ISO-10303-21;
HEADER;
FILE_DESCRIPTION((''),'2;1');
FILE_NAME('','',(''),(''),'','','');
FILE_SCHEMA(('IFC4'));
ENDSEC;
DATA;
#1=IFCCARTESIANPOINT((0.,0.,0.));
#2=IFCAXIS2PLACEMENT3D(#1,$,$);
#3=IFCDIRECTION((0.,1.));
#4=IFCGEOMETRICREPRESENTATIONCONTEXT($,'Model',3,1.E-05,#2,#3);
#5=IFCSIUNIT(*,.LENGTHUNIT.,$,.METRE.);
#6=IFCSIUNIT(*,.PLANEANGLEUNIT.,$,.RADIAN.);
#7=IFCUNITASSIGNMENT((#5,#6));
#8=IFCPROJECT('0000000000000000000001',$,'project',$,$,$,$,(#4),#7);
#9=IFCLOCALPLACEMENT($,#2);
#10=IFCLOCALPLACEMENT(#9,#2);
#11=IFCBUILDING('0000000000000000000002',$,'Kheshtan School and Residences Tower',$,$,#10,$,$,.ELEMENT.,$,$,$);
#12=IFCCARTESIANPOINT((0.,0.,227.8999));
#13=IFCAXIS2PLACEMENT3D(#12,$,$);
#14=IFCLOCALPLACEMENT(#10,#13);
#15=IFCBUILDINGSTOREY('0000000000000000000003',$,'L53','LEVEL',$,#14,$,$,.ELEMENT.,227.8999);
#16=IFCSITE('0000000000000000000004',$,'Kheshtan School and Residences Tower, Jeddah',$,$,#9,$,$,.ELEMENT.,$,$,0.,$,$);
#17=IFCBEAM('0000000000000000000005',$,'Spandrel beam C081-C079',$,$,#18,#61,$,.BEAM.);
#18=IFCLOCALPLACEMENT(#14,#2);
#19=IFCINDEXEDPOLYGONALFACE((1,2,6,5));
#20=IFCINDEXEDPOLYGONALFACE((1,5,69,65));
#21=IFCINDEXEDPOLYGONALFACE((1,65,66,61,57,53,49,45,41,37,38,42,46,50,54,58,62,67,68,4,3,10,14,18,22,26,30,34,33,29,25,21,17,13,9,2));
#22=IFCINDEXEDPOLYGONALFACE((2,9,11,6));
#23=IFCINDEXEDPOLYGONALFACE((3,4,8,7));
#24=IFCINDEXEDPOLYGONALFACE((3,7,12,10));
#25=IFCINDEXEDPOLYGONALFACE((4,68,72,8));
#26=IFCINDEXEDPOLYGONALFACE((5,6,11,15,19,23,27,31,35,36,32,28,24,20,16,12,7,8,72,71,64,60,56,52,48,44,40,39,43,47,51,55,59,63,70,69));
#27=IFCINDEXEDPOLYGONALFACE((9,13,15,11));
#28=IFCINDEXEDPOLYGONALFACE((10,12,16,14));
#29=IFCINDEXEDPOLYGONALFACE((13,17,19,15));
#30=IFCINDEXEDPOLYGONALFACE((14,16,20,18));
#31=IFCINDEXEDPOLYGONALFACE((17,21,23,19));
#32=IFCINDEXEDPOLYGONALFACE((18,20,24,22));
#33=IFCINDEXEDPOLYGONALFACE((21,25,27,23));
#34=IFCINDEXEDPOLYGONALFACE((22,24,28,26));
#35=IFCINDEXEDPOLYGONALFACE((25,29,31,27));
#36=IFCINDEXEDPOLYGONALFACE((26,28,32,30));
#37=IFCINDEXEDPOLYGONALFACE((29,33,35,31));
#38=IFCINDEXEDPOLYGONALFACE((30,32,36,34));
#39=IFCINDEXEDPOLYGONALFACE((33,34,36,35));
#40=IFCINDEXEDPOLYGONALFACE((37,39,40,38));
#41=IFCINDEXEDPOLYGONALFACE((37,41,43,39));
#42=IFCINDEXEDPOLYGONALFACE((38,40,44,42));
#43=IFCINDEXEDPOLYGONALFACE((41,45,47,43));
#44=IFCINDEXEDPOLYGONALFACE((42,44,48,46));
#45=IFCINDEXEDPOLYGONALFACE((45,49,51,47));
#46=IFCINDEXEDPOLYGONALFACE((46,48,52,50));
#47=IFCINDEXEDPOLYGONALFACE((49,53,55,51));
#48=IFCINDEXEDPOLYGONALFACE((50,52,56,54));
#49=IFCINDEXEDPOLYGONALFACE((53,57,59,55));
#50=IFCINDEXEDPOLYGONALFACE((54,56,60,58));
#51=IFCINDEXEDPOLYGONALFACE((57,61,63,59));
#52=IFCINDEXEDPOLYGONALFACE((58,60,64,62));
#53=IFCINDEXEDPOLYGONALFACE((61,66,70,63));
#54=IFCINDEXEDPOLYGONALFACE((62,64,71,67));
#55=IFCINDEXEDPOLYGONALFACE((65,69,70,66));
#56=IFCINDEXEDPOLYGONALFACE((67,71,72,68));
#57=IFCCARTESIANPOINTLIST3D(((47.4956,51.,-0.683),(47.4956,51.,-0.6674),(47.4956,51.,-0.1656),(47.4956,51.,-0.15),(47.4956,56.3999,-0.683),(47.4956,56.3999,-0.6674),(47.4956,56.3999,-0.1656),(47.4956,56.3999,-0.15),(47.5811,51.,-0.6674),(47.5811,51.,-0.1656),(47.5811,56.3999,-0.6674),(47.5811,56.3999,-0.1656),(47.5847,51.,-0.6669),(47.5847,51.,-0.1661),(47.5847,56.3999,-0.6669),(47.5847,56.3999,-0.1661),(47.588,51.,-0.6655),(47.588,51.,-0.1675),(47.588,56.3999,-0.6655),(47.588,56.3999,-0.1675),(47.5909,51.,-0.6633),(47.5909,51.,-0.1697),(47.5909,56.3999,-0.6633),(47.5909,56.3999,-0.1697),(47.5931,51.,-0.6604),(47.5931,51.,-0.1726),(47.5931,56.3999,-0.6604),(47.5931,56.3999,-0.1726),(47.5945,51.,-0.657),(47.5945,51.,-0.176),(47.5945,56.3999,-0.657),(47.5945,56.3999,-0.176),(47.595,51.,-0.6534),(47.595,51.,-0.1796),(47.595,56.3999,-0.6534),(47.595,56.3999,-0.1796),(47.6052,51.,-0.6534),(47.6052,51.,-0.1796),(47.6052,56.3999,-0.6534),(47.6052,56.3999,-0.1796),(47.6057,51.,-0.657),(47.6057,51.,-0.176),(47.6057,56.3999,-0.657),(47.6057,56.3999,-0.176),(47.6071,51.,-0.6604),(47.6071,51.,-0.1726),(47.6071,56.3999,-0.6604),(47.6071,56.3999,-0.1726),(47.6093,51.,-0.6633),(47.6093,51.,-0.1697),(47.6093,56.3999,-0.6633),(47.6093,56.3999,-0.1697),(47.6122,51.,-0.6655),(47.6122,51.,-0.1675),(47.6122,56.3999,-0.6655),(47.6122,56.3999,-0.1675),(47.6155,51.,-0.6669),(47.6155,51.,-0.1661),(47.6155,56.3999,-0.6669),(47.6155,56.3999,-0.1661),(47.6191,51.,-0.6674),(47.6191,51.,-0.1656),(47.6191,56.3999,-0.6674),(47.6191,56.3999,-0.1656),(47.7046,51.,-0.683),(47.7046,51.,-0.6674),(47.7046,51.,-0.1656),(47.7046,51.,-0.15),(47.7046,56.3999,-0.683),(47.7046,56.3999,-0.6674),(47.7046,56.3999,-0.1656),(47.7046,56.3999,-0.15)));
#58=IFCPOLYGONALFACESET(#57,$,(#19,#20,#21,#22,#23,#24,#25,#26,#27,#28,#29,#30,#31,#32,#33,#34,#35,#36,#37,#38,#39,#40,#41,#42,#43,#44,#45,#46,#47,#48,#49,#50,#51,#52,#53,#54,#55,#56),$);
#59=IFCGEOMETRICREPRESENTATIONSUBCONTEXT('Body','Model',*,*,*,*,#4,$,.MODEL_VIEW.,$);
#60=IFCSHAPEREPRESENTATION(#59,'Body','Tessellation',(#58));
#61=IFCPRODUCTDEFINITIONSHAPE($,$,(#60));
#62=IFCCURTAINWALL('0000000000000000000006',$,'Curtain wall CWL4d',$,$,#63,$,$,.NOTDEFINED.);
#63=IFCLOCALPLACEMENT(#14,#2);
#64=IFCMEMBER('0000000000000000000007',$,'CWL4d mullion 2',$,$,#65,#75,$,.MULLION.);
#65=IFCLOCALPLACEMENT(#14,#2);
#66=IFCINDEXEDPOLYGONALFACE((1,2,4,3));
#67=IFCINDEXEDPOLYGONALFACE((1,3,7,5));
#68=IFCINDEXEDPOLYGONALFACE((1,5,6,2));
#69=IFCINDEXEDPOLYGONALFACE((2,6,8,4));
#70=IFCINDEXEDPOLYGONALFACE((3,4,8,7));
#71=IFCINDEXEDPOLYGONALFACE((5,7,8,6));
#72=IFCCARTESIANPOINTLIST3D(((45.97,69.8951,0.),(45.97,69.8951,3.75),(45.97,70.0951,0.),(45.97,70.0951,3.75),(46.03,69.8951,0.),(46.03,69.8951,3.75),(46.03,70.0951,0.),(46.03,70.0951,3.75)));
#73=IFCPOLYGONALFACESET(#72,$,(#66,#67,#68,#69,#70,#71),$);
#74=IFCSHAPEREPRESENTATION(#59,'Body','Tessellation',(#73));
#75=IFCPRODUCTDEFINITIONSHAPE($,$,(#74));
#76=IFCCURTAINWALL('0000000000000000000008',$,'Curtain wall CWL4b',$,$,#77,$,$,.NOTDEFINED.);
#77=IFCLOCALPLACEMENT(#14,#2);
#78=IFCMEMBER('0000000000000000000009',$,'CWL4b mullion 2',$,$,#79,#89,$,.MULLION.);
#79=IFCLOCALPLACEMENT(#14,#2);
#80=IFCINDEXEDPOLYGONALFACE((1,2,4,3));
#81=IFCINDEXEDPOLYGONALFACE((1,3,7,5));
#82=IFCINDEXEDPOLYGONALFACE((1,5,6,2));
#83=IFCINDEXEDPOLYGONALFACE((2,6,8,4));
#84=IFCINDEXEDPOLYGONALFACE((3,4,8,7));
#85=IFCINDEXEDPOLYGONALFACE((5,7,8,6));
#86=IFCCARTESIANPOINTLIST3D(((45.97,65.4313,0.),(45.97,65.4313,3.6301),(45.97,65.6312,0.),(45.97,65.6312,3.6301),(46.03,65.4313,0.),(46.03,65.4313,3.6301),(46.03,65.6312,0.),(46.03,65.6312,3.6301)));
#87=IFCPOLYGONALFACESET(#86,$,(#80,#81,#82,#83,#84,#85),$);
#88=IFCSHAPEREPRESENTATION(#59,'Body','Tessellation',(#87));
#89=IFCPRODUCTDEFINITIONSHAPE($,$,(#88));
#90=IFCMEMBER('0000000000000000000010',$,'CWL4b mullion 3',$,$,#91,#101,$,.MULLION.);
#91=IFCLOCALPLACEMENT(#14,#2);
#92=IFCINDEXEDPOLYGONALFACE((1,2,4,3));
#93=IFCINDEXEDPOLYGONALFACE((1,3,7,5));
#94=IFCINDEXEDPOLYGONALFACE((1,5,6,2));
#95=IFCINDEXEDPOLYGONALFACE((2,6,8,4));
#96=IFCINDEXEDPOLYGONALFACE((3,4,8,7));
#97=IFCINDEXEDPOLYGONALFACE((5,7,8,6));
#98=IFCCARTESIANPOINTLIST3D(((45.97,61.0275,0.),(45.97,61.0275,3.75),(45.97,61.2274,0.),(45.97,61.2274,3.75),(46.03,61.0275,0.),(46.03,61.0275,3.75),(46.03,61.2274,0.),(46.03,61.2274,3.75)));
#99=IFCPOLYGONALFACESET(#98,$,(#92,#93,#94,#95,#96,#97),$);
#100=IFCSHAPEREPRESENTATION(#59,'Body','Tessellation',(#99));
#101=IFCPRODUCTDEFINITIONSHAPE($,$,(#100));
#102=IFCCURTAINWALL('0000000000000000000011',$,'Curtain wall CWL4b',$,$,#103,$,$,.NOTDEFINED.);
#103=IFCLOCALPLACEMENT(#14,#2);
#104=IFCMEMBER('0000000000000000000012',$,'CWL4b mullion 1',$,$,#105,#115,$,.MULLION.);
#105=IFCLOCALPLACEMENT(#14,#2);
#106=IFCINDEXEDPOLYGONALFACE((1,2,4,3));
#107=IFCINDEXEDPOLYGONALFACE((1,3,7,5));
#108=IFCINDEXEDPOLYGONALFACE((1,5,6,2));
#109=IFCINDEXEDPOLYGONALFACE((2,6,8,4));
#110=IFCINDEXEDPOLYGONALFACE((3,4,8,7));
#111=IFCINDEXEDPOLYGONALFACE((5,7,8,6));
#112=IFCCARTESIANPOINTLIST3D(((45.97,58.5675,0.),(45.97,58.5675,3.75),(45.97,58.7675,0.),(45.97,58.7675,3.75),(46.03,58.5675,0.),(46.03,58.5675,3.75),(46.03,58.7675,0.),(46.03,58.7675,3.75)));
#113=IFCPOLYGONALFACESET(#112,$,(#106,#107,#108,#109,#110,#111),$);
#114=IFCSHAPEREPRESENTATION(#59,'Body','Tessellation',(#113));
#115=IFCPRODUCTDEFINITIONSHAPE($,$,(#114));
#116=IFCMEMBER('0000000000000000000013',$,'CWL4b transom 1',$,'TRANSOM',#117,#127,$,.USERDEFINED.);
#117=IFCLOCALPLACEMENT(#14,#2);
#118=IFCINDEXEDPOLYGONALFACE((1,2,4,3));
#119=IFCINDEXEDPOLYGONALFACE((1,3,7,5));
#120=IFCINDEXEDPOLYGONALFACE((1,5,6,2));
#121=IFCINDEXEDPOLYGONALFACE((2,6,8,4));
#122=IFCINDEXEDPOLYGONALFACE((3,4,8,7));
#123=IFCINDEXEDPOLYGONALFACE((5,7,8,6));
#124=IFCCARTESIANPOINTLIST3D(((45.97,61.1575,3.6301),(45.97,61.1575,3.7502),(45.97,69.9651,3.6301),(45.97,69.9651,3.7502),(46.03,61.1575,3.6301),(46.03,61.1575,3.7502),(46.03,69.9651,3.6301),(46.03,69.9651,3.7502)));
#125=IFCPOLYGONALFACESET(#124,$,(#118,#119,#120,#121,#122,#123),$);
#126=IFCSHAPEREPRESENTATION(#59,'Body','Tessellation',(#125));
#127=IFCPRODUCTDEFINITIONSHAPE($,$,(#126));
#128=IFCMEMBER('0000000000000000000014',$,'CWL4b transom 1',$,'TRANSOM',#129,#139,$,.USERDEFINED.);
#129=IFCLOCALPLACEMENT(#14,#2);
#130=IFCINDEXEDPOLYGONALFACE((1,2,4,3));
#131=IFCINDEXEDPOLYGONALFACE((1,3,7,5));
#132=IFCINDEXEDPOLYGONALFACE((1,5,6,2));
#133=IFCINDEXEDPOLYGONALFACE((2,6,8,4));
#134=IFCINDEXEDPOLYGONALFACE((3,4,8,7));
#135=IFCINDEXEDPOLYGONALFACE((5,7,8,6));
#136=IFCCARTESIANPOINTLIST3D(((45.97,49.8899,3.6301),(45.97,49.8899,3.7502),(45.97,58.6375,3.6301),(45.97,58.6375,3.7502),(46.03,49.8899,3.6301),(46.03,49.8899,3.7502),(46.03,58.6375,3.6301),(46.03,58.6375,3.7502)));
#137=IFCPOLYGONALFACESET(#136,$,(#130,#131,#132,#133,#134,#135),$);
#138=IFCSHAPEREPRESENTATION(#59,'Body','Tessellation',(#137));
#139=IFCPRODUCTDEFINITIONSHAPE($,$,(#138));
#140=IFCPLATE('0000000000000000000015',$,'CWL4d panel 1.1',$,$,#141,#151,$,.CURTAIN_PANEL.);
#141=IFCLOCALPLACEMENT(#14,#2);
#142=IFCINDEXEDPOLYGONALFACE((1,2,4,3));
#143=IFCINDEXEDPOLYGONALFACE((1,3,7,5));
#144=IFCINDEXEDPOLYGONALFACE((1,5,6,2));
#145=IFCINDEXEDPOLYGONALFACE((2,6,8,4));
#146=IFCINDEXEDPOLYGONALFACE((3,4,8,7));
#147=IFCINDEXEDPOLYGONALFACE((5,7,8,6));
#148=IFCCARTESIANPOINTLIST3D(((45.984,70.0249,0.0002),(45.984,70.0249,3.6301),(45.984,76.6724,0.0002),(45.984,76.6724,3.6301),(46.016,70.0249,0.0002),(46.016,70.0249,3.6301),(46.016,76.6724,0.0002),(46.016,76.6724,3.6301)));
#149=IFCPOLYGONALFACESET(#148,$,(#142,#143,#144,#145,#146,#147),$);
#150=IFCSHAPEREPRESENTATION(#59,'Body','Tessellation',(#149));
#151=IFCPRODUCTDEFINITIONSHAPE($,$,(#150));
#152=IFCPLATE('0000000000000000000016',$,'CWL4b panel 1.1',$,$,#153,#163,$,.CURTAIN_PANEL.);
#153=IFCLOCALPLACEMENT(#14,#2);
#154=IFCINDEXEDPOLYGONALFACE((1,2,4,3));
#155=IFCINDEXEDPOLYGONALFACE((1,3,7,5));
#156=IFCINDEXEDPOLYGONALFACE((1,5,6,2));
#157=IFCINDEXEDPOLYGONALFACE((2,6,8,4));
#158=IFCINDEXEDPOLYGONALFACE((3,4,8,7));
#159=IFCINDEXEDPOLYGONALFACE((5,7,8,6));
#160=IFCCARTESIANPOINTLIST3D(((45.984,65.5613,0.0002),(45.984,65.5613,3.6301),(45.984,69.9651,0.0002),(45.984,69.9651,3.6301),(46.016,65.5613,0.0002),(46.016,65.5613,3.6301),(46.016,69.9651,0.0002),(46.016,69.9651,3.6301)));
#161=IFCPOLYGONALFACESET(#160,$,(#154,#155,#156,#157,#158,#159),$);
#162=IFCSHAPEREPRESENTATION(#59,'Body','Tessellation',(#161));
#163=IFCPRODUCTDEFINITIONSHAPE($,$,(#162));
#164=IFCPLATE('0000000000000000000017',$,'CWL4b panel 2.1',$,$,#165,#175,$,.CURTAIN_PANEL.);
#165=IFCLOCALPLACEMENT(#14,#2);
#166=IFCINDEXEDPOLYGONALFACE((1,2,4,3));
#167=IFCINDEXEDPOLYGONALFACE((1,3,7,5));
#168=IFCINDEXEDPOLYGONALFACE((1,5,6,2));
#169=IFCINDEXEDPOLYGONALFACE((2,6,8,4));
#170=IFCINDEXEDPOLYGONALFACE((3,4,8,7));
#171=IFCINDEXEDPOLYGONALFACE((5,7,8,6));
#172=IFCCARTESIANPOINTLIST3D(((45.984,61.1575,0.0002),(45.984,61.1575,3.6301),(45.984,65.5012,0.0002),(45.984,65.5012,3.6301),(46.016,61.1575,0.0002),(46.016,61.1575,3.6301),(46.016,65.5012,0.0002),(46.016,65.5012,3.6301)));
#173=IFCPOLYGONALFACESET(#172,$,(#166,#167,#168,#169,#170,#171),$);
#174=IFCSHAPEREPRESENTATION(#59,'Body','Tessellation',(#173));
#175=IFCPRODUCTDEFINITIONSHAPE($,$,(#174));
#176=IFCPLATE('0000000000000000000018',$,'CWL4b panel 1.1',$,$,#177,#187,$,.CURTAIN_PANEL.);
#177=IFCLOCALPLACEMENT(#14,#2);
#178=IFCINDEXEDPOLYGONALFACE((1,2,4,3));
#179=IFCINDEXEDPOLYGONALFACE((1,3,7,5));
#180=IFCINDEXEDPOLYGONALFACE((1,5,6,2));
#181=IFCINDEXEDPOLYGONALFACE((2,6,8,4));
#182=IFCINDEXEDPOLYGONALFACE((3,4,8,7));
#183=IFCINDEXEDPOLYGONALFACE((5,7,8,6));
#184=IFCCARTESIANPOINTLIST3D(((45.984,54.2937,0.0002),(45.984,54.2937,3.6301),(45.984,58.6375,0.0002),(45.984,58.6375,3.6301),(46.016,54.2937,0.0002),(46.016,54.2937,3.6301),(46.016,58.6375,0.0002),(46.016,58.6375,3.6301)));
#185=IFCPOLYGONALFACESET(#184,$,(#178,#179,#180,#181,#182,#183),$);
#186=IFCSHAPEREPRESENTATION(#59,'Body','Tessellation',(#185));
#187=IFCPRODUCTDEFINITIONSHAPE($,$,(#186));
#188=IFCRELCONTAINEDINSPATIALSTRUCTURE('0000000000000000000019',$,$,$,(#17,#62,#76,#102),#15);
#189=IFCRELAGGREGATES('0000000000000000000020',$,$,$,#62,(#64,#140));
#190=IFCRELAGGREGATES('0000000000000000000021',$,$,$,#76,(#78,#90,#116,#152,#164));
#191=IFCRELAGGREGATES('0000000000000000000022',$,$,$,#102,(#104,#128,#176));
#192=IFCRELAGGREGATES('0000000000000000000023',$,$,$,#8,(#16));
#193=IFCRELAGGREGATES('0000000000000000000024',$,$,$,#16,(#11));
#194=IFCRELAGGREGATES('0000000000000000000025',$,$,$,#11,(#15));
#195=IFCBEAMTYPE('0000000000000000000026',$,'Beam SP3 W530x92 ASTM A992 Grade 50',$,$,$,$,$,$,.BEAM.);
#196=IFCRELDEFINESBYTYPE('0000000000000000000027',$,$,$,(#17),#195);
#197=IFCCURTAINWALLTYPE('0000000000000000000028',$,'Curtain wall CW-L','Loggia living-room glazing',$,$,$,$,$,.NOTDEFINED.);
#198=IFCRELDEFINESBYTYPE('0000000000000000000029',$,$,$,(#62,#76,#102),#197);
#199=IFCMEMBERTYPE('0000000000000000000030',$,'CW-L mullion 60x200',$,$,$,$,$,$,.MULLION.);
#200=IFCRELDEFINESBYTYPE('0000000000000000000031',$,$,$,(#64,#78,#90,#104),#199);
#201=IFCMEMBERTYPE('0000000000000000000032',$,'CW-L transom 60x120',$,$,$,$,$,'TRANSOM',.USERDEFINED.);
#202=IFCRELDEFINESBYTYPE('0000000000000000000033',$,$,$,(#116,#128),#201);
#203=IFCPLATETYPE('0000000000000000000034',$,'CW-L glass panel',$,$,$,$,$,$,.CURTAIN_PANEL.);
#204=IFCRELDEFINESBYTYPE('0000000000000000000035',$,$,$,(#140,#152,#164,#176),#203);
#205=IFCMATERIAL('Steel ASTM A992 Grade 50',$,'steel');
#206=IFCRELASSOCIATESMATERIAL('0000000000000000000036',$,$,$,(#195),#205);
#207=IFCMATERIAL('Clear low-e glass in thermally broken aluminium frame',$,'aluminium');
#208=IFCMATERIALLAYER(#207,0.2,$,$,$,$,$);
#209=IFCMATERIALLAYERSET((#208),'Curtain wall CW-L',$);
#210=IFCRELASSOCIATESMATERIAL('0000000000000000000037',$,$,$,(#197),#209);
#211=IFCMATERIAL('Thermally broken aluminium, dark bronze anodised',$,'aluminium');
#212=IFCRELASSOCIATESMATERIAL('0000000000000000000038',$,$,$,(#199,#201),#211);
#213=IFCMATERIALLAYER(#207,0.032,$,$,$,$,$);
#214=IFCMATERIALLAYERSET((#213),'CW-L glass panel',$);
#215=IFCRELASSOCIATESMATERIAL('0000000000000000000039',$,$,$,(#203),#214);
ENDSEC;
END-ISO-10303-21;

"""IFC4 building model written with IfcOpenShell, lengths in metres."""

from ifc_helpers import new_model, si_unit, direction, frame, origin, origin_2d, place, context, subcontext, project, spatial, rectangle, i_section, extrude, material, layer, layer_set, material_profile, profile_set, type_object, element, aggregate, save


model = new_model("IFC4")

# Units and contexts
model_context = context("Model", 3, precision=1e-05, world=origin(), true_north=direction((0.0, 1.0)))
body_context = subcontext(model_context, "Body", "Model", "MODEL_VIEW")
ifc_project = project(units=[si_unit("LENGTHUNIT", "METRE"), si_unit("PLANEANGLEUNIT", "RADIAN")], contexts=[model_context])

# Site, building, storey
site_placement = place(None, origin())
site = spatial("IfcSite", under=ifc_project, at=site_placement, Name="Kheshtan School and Residences Tower, Jeddah", CompositionType="ELEMENT", RefElevation=0.0)
building_placement = place(site_placement, origin())
building = spatial("IfcBuilding", under=site, at=building_placement, Name="Kheshtan School and Residences Tower", CompositionType="ELEMENT")
storey_placement = place(building_placement, frame((0.0, 0.0, 227.8999)))
storey = spatial("IfcBuildingStorey", under=building, at=storey_placement, Name="L53", Description="LEVEL", CompositionType="ELEMENT", Elevation=227.8999)

# Shared definitions
ifc_material_1 = material(Name="Steel ASTM A992 Grade 50", Category="steel")

# Beam
ifc_material_profile_1 = material_profile(ifc_material_1, i_section(OverallWidth=0.209, OverallDepth=0.533, WebThickness=0.0103, FlangeThickness=0.0156, FilletRadius=0.0139, at=origin_2d()), Name="W530x92")
ifc_profile_set_1 = profile_set([ifc_material_profile_1], Name="Steel ASTM A992 Grade 50")
beam_type_1 = type_object("IfcBeamType", Name="Beam SP3 W530x92 ASTM A992 Grade 50", PredefinedType="BEAM", material=ifc_profile_set_1)
beam_1_placement = place(storey_placement, frame((47.6001, 56.3999, -0.4165), z_axis=(0.0, -1.0, 0.0), x_axis=(1.0, 0.0, 0.0)))
element("IfcBeam", 1, at=beam_1_placement, inside=storey, type_object=beam_type_1, Name="Spandrel beam C081-C079", PredefinedType="BEAM", context=body_context, shape_type="SweptSolid", body=[
    extrude(i_section(OverallWidth=0.209, OverallDepth=0.533, WebThickness=0.0103, FlangeThickness=0.0156, FilletRadius=0.0139, at=origin_2d()), origin(), (0.0, 0.0, 1.0), 5.3999),
])

# Curtain wall, member
ifc_material_2 = material(Name="Clear low-e glass in thermally broken aluminium frame", Category="aluminium")
ifc_layer_1 = layer(ifc_material_2, 0.2)
ifc_layer_set_1 = layer_set([ifc_layer_1], Name="Curtain wall CW-L")
curtain_wall_type = type_object("IfcCurtainWallType", Name="Curtain wall CW-L", Description="Loggia living-room glazing", PredefinedType="NOTDEFINED", material=ifc_layer_set_1)
curtain_wall_1_placement = place(storey_placement, origin())
curtain_wall_1 = element("IfcCurtainWall", 2, at=curtain_wall_1_placement, inside=storey, type_object=curtain_wall_type, Name="Curtain wall CWL4d", PredefinedType="NOTDEFINED")
ifc_material_3 = material(Name="Thermally broken aluminium, dark bronze anodised", Category="aluminium")
ifc_material_profile_2 = material_profile(ifc_material_3, rectangle(XDim=0.0601, YDim=0.2, at=origin_2d()), Name="CW-L mullion 60x200")
ifc_profile_set_2 = profile_set([ifc_material_profile_2], Name="Thermally broken aluminium, dark bronze anodised")
member_type_1 = type_object("IfcMemberType", Name="CW-L mullion 60x200", PredefinedType="MULLION", material=ifc_profile_set_2)
member_1_placement = place(storey_placement, frame((46.0, 69.9951, 0.0), z_axis=(0.0, 0.0, 1.0), x_axis=(1.0, 0.0, 0.0)))
member_1 = element("IfcMember", 3, at=member_1_placement, type_object=member_type_1, Name="CWL4d mullion 2", PredefinedType="MULLION", context=body_context, shape_type="SweptSolid", body=[
    extrude(rectangle(XDim=0.0601, YDim=0.2, at=origin_2d()), origin(), (0.0, 0.0, 1.0), 3.75),
])

# Curtain wall, members
curtain_wall_2_placement = place(storey_placement, origin())
curtain_wall_2 = element("IfcCurtainWall", 4, at=curtain_wall_2_placement, inside=storey, type_object=curtain_wall_type, Name="Curtain wall CWL4b", PredefinedType="NOTDEFINED")
member_2_placement = place(storey_placement, frame((46.0, 65.5312, 0.0), z_axis=(0.0, 0.0, 1.0), x_axis=(1.0, 0.0, 0.0)))
member_2 = element("IfcMember", 5, at=member_2_placement, type_object=member_type_1, Name="CWL4b mullion 2", PredefinedType="MULLION", context=body_context, shape_type="SweptSolid", body=[
    extrude(rectangle(XDim=0.0601, YDim=0.2, at=origin_2d()), origin(), (0.0, 0.0, 1.0), 3.6301),
])
member_3_placement = place(storey_placement, frame((46.0, 61.1274, 0.0), z_axis=(0.0, 0.0, 1.0), x_axis=(1.0, 0.0, 0.0)))
member_3 = element("IfcMember", 6, at=member_3_placement, type_object=member_type_1, Name="CWL4b mullion 3", PredefinedType="MULLION", context=body_context, shape_type="SweptSolid", body=[
    extrude(rectangle(XDim=0.0601, YDim=0.2, at=origin_2d()), origin(), (0.0, 0.0, 1.0), 3.75),
])

# Curtain wall, member
curtain_wall_3_placement = place(storey_placement, origin())
curtain_wall_3 = element("IfcCurtainWall", 7, at=curtain_wall_3_placement, inside=storey, type_object=curtain_wall_type, Name="Curtain wall CWL4b", PredefinedType="NOTDEFINED")
member_4_placement = place(storey_placement, frame((46.0, 58.6675, 0.0), z_axis=(0.0, 0.0, 1.0), x_axis=(1.0, 0.0, 0.0)))
member_4 = element("IfcMember", 8, at=member_4_placement, type_object=member_type_1, Name="CWL4b mullion 1", PredefinedType="MULLION", context=body_context, shape_type="SweptSolid", body=[
    extrude(rectangle(XDim=0.0601, YDim=0.2, at=origin_2d()), origin(), (0.0, 0.0, 1.0), 3.75),
])

# Members
ifc_material_profile_3 = material_profile(ifc_material_3, rectangle(XDim=0.0601, YDim=0.1201, at=origin_2d()), Name="CW-L transom 60x120")
ifc_profile_set_3 = profile_set([ifc_material_profile_3], Name="Thermally broken aluminium, dark bronze anodised")
member_type_2 = type_object("IfcMemberType", Name="CW-L transom 60x120", ElementType="TRANSOM", PredefinedType="USERDEFINED", material=ifc_profile_set_3)
member_5_placement = place(storey_placement, frame((46.0, 69.9651, 3.6902), z_axis=(0.0, -1.0, 0.0), x_axis=(1.0, 0.0, 0.0)))
member_5 = element("IfcMember", 9, at=member_5_placement, type_object=member_type_2, Name="CWL4b transom 1", ObjectType="TRANSOM", PredefinedType="USERDEFINED", context=body_context, shape_type="SweptSolid", body=[
    extrude(rectangle(XDim=0.0601, YDim=0.1201, at=origin_2d()), origin(), (0.0, 0.0, 1.0), 8.8076),
])
member_6_placement = place(storey_placement, frame((46.0, 58.6375, 3.6902), z_axis=(0.0, -1.0, 0.0), x_axis=(1.0, 0.0, 0.0)))
member_6 = element("IfcMember", 10, at=member_6_placement, type_object=member_type_2, Name="CWL4b transom 1", ObjectType="TRANSOM", PredefinedType="USERDEFINED", context=body_context, shape_type="SweptSolid", body=[
    extrude(rectangle(XDim=0.0601, YDim=0.1201, at=origin_2d()), origin(), (0.0, 0.0, 1.0), 8.7476),
])

# Plates
ifc_layer_2 = layer(ifc_material_2, 0.032)
ifc_layer_set_2 = layer_set([ifc_layer_2], Name="CW-L glass panel")
plate_type = type_object("IfcPlateType", Name="CW-L glass panel", PredefinedType="CURTAIN_PANEL", material=ifc_layer_set_2)
plate_1_placement = place(storey_placement, frame((46.0, 73.3486, 0.0002), z_axis=(0.0, 0.0, 1.0), x_axis=(0.0, -1.0, 0.0)))
plate_1 = element("IfcPlate", 11, at=plate_1_placement, type_object=plate_type, Name="CWL4d panel 1.1", PredefinedType="CURTAIN_PANEL", context=body_context, shape_type="SweptSolid", body=[
    extrude(rectangle(XDim=6.6475, YDim=0.032, at=origin_2d()), origin(), (0.0, 0.0, 1.0), 3.6299),
])
aggregate(curtain_wall_1, [member_1, plate_1])
plate_2_placement = place(storey_placement, frame((46.0, 67.7632, 0.0002), z_axis=(0.0, 0.0, 1.0), x_axis=(0.0, -1.0, 0.0)))
plate_2 = element("IfcPlate", 12, at=plate_2_placement, type_object=plate_type, Name="CWL4b panel 1.1", PredefinedType="CURTAIN_PANEL", context=body_context, shape_type="SweptSolid", body=[
    extrude(rectangle(XDim=4.4038, YDim=0.032, at=origin_2d()), origin(), (0.0, 0.0, 1.0), 3.6299),
])
plate_3_placement = place(storey_placement, frame((46.0, 63.3293, 0.0002), z_axis=(0.0, 0.0, 1.0), x_axis=(0.0, -1.0, 0.0)))
plate_3 = element("IfcPlate", 13, at=plate_3_placement, type_object=plate_type, Name="CWL4b panel 2.1", PredefinedType="CURTAIN_PANEL", context=body_context, shape_type="SweptSolid", body=[
    extrude(rectangle(XDim=4.3438, YDim=0.032, at=origin_2d()), origin(), (0.0, 0.0, 1.0), 3.6299),
])
aggregate(curtain_wall_2, [member_2, member_3, member_5, plate_2, plate_3])
plate_4_placement = place(storey_placement, frame((46.0, 56.4656, 0.0002), z_axis=(0.0, 0.0, 1.0), x_axis=(0.0, -1.0, 0.0)))
plate_4 = element("IfcPlate", 14, at=plate_4_placement, type_object=plate_type, Name="CWL4b panel 1.1", PredefinedType="CURTAIN_PANEL", context=body_context, shape_type="SweptSolid", body=[
    extrude(rectangle(XDim=4.3438, YDim=0.032, at=origin_2d()), origin(), (0.0, 0.0, 1.0), 3.6299),
])
aggregate(curtain_wall_3, [member_4, member_6, plate_4])

save(model, "model.ifc")
